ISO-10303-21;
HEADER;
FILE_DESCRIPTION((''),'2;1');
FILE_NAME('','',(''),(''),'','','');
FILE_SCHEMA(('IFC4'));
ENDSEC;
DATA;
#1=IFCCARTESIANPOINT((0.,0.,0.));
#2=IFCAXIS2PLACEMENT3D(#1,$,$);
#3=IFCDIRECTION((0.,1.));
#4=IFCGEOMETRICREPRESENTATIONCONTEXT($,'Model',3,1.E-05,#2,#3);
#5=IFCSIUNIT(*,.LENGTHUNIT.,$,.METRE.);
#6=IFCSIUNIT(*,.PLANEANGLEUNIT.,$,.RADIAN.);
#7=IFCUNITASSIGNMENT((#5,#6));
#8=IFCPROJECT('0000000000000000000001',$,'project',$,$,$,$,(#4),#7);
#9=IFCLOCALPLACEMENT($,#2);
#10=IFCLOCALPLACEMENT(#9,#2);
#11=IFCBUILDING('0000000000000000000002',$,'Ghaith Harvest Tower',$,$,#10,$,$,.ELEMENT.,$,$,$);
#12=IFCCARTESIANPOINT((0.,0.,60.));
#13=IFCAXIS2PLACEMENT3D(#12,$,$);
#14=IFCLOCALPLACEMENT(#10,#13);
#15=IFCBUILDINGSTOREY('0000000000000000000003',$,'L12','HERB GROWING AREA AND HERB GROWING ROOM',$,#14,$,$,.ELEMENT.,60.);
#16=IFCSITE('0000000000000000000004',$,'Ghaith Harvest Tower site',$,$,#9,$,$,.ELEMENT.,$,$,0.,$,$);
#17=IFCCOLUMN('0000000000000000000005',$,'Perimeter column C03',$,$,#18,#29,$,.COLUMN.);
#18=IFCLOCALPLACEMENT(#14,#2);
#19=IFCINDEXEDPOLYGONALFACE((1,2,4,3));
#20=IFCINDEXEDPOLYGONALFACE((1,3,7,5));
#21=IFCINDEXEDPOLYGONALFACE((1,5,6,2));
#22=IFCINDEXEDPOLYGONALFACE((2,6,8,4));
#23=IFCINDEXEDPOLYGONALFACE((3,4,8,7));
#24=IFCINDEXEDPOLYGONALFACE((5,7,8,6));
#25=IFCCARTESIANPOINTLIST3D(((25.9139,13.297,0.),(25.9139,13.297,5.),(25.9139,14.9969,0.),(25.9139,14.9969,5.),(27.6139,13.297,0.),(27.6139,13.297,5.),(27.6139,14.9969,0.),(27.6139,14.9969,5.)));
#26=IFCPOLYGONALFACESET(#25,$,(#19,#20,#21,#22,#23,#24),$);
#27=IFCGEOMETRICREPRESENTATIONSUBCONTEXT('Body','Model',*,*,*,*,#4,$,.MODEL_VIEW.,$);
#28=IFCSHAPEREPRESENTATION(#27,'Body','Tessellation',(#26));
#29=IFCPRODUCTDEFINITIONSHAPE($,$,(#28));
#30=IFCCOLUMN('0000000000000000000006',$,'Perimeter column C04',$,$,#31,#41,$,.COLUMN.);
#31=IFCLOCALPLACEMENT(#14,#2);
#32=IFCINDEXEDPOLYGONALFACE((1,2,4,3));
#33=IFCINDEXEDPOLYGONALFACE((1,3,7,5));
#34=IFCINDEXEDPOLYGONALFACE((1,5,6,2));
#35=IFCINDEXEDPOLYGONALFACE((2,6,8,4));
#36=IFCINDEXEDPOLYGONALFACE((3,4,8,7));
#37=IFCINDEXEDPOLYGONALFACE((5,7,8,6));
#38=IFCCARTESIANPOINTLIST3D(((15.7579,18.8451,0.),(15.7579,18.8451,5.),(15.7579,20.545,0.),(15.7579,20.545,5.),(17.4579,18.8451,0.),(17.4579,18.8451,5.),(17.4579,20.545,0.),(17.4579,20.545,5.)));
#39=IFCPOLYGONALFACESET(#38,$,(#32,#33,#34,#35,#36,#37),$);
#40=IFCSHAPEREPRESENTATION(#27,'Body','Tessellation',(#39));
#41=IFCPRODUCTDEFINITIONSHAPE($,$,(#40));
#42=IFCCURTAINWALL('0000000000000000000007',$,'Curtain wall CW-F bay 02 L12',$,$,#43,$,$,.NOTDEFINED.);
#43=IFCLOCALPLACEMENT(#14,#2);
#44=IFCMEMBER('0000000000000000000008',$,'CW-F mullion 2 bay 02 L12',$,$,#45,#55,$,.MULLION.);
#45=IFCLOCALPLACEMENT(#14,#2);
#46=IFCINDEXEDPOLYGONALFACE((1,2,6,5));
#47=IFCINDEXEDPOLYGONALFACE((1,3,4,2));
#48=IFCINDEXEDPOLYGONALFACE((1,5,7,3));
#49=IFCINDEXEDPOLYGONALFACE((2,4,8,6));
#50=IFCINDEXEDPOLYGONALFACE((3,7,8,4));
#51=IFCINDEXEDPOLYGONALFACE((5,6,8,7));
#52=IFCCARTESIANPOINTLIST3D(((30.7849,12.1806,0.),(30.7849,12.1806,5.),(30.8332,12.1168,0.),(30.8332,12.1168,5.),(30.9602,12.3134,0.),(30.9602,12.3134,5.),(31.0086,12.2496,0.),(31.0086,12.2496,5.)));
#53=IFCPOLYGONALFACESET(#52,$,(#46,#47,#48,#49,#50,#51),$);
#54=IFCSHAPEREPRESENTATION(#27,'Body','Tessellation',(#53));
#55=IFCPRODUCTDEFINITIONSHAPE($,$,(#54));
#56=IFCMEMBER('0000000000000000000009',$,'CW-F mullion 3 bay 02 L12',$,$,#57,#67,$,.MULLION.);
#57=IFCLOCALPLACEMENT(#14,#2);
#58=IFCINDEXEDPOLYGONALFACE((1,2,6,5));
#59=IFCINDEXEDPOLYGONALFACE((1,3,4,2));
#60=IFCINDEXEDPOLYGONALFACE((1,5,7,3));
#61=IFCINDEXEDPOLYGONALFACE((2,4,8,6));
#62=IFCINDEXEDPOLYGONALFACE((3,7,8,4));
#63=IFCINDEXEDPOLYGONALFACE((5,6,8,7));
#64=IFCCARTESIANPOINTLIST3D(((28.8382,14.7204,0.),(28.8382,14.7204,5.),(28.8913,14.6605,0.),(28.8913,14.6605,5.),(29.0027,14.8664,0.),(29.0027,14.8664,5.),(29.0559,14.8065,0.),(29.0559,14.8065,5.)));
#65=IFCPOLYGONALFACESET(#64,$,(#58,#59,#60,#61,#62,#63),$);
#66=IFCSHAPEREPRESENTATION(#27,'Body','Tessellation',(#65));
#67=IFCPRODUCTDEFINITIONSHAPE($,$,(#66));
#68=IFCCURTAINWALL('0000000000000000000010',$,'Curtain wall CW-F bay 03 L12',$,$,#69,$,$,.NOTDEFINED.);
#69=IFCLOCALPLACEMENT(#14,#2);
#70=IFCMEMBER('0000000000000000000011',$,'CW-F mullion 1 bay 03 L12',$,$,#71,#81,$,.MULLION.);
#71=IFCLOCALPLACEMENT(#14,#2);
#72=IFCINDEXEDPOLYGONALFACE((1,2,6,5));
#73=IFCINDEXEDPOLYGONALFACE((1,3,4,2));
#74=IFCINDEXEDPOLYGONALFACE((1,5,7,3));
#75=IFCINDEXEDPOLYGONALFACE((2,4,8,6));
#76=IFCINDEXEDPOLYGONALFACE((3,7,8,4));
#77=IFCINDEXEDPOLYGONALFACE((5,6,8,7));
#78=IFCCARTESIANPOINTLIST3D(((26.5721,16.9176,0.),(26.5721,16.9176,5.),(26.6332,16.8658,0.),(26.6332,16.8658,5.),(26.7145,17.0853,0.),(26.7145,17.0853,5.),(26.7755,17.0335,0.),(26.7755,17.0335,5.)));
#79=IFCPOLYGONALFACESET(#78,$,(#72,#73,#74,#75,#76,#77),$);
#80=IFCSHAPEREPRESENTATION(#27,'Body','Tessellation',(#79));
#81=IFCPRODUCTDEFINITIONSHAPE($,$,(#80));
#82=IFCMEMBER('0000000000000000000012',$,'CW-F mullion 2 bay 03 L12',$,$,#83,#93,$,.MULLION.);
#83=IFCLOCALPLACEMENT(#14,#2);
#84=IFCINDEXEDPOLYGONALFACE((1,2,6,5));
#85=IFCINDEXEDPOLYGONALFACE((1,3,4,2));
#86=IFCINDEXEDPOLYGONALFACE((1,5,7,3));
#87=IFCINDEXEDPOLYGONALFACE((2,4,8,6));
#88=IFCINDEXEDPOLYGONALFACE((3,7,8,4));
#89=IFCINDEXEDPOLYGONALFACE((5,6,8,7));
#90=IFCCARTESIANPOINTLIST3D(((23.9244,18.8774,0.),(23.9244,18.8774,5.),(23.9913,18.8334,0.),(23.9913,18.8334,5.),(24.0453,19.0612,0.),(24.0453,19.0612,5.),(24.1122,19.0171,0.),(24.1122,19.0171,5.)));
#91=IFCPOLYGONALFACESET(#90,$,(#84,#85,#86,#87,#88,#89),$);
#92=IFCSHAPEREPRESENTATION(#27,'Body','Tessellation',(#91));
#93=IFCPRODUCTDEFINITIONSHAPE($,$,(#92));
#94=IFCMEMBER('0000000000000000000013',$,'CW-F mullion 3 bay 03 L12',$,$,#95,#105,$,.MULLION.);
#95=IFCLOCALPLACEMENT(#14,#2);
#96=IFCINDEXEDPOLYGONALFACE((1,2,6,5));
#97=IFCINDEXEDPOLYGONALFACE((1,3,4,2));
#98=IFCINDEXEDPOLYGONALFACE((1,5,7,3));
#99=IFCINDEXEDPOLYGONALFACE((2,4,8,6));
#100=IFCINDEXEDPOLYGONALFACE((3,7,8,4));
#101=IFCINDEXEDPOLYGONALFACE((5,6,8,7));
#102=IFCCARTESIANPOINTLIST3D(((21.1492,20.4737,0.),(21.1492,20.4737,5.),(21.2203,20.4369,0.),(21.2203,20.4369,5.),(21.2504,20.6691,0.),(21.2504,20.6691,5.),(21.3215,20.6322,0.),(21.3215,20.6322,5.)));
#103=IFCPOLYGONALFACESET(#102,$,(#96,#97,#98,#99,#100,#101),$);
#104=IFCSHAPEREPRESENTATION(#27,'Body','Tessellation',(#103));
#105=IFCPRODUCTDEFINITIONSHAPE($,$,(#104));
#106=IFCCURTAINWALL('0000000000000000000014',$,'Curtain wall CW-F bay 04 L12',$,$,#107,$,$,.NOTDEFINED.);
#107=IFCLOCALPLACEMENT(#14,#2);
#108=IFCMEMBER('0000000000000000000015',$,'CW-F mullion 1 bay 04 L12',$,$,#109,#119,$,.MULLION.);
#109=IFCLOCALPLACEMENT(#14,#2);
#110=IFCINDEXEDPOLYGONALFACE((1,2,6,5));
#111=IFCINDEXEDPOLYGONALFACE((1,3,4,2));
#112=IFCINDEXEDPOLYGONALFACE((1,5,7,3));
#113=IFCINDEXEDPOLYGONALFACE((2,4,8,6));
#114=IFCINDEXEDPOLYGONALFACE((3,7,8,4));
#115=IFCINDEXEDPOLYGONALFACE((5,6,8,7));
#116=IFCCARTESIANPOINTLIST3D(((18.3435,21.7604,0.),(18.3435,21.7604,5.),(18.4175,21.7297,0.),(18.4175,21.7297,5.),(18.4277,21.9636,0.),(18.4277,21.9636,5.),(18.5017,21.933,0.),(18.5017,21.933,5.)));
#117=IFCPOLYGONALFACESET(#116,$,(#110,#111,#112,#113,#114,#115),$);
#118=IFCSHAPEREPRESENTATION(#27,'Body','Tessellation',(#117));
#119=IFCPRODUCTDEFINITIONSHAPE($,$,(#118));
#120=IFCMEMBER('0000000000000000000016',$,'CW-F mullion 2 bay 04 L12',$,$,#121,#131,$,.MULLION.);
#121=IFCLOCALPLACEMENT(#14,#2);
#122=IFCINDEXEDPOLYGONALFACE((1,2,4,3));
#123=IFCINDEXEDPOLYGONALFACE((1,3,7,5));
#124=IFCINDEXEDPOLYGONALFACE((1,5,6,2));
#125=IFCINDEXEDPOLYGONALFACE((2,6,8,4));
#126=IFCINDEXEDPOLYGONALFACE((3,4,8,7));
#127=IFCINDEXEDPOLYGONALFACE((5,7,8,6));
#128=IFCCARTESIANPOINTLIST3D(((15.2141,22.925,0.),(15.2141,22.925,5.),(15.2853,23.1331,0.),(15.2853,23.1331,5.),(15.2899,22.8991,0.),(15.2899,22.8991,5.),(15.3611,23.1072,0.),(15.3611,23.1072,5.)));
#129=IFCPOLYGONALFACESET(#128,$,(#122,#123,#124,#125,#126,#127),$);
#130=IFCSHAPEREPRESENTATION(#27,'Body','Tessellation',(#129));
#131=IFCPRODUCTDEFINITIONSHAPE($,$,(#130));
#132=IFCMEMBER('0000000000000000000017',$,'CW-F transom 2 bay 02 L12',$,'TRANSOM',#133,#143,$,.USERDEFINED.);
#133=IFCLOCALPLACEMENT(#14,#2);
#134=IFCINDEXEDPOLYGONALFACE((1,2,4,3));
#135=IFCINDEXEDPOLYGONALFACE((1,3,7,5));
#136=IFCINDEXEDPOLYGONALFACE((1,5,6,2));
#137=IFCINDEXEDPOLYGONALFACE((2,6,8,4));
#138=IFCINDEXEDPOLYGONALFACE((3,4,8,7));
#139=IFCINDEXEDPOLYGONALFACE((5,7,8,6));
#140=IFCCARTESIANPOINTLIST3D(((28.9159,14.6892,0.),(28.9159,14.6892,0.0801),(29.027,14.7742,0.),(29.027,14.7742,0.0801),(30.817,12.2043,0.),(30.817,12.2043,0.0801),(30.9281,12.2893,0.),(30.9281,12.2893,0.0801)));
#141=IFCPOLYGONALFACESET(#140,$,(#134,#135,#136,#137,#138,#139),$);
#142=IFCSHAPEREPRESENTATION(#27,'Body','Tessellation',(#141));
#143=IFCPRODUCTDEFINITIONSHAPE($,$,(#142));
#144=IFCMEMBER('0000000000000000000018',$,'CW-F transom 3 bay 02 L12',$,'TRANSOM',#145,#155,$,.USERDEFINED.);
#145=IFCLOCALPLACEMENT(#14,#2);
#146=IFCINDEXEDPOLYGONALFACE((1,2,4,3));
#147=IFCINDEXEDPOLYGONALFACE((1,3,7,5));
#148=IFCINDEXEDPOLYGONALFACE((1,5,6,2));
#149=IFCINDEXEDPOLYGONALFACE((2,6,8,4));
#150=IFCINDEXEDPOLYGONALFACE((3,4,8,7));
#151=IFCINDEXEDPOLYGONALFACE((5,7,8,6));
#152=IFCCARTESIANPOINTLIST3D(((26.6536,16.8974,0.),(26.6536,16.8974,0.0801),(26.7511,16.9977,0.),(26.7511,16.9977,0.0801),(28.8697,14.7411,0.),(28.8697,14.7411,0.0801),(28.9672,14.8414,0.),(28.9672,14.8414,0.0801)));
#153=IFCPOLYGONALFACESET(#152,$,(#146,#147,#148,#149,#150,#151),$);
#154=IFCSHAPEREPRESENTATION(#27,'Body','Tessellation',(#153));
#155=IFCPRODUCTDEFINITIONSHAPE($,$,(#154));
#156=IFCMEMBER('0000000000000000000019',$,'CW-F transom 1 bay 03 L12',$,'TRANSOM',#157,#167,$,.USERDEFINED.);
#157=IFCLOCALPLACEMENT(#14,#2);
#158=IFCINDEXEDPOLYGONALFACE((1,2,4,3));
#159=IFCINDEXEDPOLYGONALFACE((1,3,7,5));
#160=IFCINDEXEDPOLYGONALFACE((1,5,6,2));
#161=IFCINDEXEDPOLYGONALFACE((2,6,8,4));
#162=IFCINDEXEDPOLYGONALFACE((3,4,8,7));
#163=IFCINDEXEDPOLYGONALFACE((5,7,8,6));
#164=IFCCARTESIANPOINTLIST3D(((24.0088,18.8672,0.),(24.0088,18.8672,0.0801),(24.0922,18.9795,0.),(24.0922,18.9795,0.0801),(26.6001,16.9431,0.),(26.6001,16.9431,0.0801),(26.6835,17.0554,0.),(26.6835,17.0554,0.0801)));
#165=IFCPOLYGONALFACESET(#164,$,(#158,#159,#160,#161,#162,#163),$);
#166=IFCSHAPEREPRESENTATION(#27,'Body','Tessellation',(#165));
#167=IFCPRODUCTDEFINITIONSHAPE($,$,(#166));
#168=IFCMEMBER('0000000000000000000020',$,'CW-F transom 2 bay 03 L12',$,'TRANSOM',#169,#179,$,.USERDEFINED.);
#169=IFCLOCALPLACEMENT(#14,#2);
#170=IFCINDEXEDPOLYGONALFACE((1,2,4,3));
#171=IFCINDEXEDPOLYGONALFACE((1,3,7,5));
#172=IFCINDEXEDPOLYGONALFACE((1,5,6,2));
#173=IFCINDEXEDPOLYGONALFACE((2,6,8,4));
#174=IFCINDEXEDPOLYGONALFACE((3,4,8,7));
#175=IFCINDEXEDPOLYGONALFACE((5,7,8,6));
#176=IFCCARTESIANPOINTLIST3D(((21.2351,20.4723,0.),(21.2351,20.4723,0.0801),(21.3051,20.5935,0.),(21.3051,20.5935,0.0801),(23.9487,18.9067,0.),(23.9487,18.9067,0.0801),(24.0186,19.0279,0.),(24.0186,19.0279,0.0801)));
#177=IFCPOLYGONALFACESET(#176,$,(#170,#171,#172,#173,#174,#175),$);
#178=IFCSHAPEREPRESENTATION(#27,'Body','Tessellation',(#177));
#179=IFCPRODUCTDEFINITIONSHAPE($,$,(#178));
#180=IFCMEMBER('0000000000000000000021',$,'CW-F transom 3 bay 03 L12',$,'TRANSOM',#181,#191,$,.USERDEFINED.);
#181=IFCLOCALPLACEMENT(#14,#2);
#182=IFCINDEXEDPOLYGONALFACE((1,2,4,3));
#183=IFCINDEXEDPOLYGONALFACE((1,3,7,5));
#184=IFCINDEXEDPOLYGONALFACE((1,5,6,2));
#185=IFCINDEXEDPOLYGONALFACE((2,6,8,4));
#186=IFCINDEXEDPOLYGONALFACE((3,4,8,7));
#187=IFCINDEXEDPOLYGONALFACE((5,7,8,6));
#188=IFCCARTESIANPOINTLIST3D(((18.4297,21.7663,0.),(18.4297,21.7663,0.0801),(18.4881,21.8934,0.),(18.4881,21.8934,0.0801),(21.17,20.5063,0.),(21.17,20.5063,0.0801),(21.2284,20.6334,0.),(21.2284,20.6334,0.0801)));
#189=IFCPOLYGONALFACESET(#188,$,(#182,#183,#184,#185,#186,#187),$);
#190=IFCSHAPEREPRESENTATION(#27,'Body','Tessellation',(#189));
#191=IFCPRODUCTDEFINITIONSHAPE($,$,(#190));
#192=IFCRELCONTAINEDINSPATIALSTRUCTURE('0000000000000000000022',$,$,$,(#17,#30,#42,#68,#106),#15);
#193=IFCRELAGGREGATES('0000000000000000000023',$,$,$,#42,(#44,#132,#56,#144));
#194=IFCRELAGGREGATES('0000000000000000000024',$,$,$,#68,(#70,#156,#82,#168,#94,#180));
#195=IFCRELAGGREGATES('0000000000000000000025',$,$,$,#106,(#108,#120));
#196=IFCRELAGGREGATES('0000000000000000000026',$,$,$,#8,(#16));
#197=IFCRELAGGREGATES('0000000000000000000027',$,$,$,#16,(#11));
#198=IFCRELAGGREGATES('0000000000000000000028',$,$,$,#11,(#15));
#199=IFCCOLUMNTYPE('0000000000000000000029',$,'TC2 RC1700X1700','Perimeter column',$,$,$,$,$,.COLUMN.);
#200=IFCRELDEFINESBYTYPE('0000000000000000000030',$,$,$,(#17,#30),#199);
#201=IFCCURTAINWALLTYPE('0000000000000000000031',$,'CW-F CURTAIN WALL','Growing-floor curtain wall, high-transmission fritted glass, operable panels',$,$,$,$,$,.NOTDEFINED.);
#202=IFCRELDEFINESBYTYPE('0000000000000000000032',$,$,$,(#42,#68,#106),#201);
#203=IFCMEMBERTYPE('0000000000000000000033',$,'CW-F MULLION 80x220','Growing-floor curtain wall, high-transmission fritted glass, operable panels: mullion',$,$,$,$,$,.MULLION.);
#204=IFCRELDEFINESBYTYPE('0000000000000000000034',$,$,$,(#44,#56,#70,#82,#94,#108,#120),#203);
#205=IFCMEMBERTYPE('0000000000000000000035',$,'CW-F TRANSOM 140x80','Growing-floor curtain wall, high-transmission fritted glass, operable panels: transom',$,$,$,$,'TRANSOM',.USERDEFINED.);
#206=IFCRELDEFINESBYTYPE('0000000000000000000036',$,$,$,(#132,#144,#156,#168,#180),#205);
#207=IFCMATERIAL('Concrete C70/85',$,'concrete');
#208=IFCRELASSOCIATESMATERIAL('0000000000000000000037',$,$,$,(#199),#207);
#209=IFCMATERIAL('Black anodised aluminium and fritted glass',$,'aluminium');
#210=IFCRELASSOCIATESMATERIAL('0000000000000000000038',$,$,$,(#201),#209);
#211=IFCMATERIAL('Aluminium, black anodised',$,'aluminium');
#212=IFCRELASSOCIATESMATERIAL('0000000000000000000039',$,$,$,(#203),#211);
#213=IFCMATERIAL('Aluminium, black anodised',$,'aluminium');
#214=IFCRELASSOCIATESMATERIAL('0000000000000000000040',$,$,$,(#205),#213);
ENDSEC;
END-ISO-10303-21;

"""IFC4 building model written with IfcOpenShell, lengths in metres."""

from ifc_helpers import new_model, si_unit, direction, frame, origin, origin_2d, place, context, subcontext, project, spatial, rectangle, extrude, material, material_profile, profile_set, type_object, element, aggregate, save


model = new_model("IFC4")

# Units and contexts
model_context = context("Model", 3, precision=1e-05, world=origin(), true_north=direction((0.0, 1.0)))
body_context = subcontext(model_context, "Body", "Model", "MODEL_VIEW")
ifc_project = project(units=[si_unit("LENGTHUNIT", "METRE"), si_unit("PLANEANGLEUNIT", "RADIAN")], contexts=[model_context])

# Site, building, storey
site_placement = place(None, origin())
site = spatial("IfcSite", under=ifc_project, at=site_placement, Name="Ghaith Harvest Tower site", CompositionType="ELEMENT", RefElevation=0.0)
building_placement = place(site_placement, origin())
building = spatial("IfcBuilding", under=site, at=building_placement, Name="Ghaith Harvest Tower", CompositionType="ELEMENT")
storey_placement = place(building_placement, frame((0.0, 0.0, 60.0)))
storey = spatial("IfcBuildingStorey", under=building, at=storey_placement, Name="L12", Description="HERB GROWING AREA AND HERB GROWING ROOM", CompositionType="ELEMENT", Elevation=60.0)

# Columns
ifc_material_1 = material(Name="Concrete C70/85", Category="concrete")
ifc_material_profile_1 = material_profile(ifc_material_1, rectangle(XDim=1.7, YDim=1.7, at=origin_2d()), Name="RC1700X1700")
ifc_profile_set_1 = profile_set([ifc_material_profile_1], Name="Concrete C70/85")
column_type = type_object("IfcColumnType", Name="TC2 RC1700X1700", Description="Perimeter column", PredefinedType="COLUMN", material=ifc_profile_set_1)
for number, where, z_axis, x_axis, name in (
    (1, (26.7639, 14.147, 0.0), (0.0, 0.0, 1.0), (1.0, 0.0, 0.0), "Perimeter column C03"),
    (2, (16.6079, 19.6951, 0.0), (0.0, 0.0, 1.0), (1.0, 0.0, 0.0), "Perimeter column C04"),
):
    element("IfcColumn", number, at=place(storey_placement, frame(where, z_axis=z_axis, x_axis=x_axis)), inside=storey, type_object=column_type, Name=name, PredefinedType="COLUMN", context=body_context, shape_type="SweptSolid", body=[
        extrude(rectangle(XDim=1.7, YDim=1.7, at=origin_2d()), origin(), (0.0, 0.0, 1.0), 5.0),
    ])

# Curtain walls, members
ifc_material_2 = material(Name="Black anodised aluminium and fritted glass", Category="aluminium")
curtain_wall_type = type_object("IfcCurtainWallType", Name="CW-F CURTAIN WALL", Description="Growing-floor curtain wall, high-transmission fritted glass, operable panels", PredefinedType="NOTDEFINED", material=ifc_material_2)
curtain_wall_1_placement = place(storey_placement, origin())
curtain_wall_1 = element("IfcCurtainWall", 3, at=curtain_wall_1_placement, inside=storey, type_object=curtain_wall_type, Name="Curtain wall CW-F bay 02 L12", PredefinedType="NOTDEFINED")
ifc_material_3 = material(Name="Aluminium, black anodised", Category="aluminium")
ifc_material_profile_2 = material_profile(ifc_material_3, rectangle(XDim=0.0801, YDim=0.22, at=origin_2d()), Name="CW-F MULLION 80x220")
ifc_profile_set_2 = profile_set([ifc_material_profile_2], Name="Aluminium, black anodised")
member_type_1 = type_object("IfcMemberType", Name="CW-F MULLION 80x220", Description="Growing-floor curtain wall, high-transmission fritted glass, operable panels: mullion", PredefinedType="MULLION", material=ifc_profile_set_2)
member_1_placement = place(storey_placement, frame((30.8967, 12.2151, 0.0), z_axis=(0.0, 0.0, 1.0), x_axis=(-0.603948, 0.797023, 0.0)))
member_1 = element("IfcMember", 4, at=member_1_placement, type_object=member_type_1, Name="CW-F mullion 2 bay 02 L12", PredefinedType="MULLION", context=body_context, shape_type="SweptSolid", body=[
    extrude(rectangle(XDim=0.0801, YDim=0.22, at=origin_2d()), origin(), (0.0, 0.0, 1.0), 5.0),
])
member_2_placement = place(storey_placement, frame((28.947, 14.7634, 0.0), z_axis=(0.0, 0.0, 1.0), x_axis=(-0.663605, 0.748083, 0.0)))
member_2 = element("IfcMember", 5, at=member_2_placement, type_object=member_type_1, Name="CW-F mullion 3 bay 02 L12", PredefinedType="MULLION", context=body_context, shape_type="SweptSolid", body=[
    extrude(rectangle(XDim=0.0801, YDim=0.22, at=origin_2d()), origin(), (0.0, 0.0, 1.0), 5.0),
])
curtain_wall_2_placement = place(storey_placement, origin())
curtain_wall_2 = element("IfcCurtainWall", 6, at=curtain_wall_2_placement, inside=storey, type_object=curtain_wall_type, Name="Curtain wall CW-F bay 03 L12", PredefinedType="NOTDEFINED")
member_3_placement = place(storey_placement, frame((26.6738, 16.9756, 0.0), z_axis=(0.0, 0.0, 1.0), x_axis=(-0.762366, 0.647146, 0.0)))
member_3 = element("IfcMember", 7, at=member_3_placement, type_object=member_type_1, Name="CW-F mullion 1 bay 03 L12", PredefinedType="MULLION", context=body_context, shape_type="SweptSolid", body=[
    extrude(rectangle(XDim=0.0801, YDim=0.22, at=origin_2d()), origin(), (0.0, 0.0, 1.0), 5.0),
])
member_4_placement = place(storey_placement, frame((24.0183, 18.9473, 0.0), z_axis=(0.0, 0.0, 1.0), x_axis=(-0.835444, 0.549576, 0.0)))
member_4 = element("IfcMember", 8, at=member_4_placement, type_object=member_type_1, Name="CW-F mullion 2 bay 03 L12", PredefinedType="MULLION", context=body_context, shape_type="SweptSolid", body=[
    extrude(rectangle(XDim=0.0801, YDim=0.22, at=origin_2d()), origin(), (0.0, 0.0, 1.0), 5.0),
])
member_5_placement = place(storey_placement, frame((21.2354, 20.553, 0.0), z_axis=(0.0, 0.0, 1.0), x_axis=(-0.887897, 0.460043, 0.0)))
member_5 = element("IfcMember", 9, at=member_5_placement, type_object=member_type_1, Name="CW-F mullion 3 bay 03 L12", PredefinedType="MULLION", context=body_context, shape_type="SweptSolid", body=[
    extrude(rectangle(XDim=0.0801, YDim=0.22, at=origin_2d()), origin(), (0.0, 0.0, 1.0), 5.0),
])
curtain_wall_3_placement = place(storey_placement, origin())
curtain_wall_3 = element("IfcCurtainWall", 10, at=curtain_wall_3_placement, inside=storey, type_object=curtain_wall_type, Name="Curtain wall CW-F bay 04 L12", PredefinedType="NOTDEFINED")
member_6_placement = place(storey_placement, frame((18.4226, 21.8467, 0.0), z_axis=(0.0, 0.0, 1.0), x_axis=(-0.92391, 0.382609, 0.0)))
member_6 = element("IfcMember", 11, at=member_6_placement, type_object=member_type_1, Name="CW-F mullion 1 bay 04 L12", PredefinedType="MULLION", context=body_context, shape_type="SweptSolid", body=[
    extrude(rectangle(XDim=0.0801, YDim=0.22, at=origin_2d()), origin(), (0.0, 0.0, 1.0), 5.0),
])
member_7_placement = place(storey_placement, frame((15.2876, 23.0161, 0.0), z_axis=(0.0, 0.0, 1.0), x_axis=(-0.946121, 0.323813, 0.0)))
member_7 = element("IfcMember", 12, at=member_7_placement, type_object=member_type_1, Name="CW-F mullion 2 bay 04 L12", PredefinedType="MULLION", context=body_context, shape_type="SweptSolid", body=[
    extrude(rectangle(XDim=0.0801, YDim=0.22, at=origin_2d()), origin(), (0.0, 0.0, 1.0), 5.0),
])

# Members
ifc_material_4 = material(Name="Aluminium, black anodised", Category="aluminium")
ifc_material_profile_3 = material_profile(ifc_material_4, rectangle(XDim=0.1399, YDim=0.0801, at=origin_2d()), Name="CW-F TRANSOM 140x80")
ifc_profile_set_3 = profile_set([ifc_material_profile_3], Name="Aluminium, black anodised")
member_type_2 = type_object("IfcMemberType", Name="CW-F TRANSOM 140x80", Description="Growing-floor curtain wall, high-transmission fritted glass, operable panels: transom", ElementType="TRANSOM", PredefinedType="USERDEFINED", material=ifc_profile_set_3)
member_8_placement = place(storey_placement, frame((30.8726, 12.2468, 0.04), z_axis=(-0.607638, 0.794214, 0.0), x_axis=(-0.794214, -0.607638, 0.0)))
member_8 = element("IfcMember", 13, at=member_8_placement, type_object=member_type_2, Name="CW-F transom 2 bay 02 L12", ObjectType="TRANSOM", PredefinedType="USERDEFINED", context=body_context, shape_type="SweptSolid", body=[
    extrude(rectangle(XDim=0.1399, YDim=0.0801, at=origin_2d()), origin(), (0.0, 0.0, 1.0), 3.1287),
])
member_9_placement = place(storey_placement, frame((28.9185, 14.7913, 0.04), z_axis=(-0.716713, 0.697368, 0.0), x_axis=(-0.697368, -0.716713, 0.0)))
member_9 = element("IfcMember", 14, at=member_9_placement, type_object=member_type_2, Name="CW-F transom 3 bay 02 L12", ObjectType="TRANSOM", PredefinedType="USERDEFINED", context=body_context, shape_type="SweptSolid", body=[
    extrude(rectangle(XDim=0.1399, YDim=0.0801, at=origin_2d()), origin(), (0.0, 0.0, 1.0), 3.092),
])
member_10_placement = place(storey_placement, frame((26.6418, 16.9993, 0.04), z_axis=(-0.802877, 0.596144, 0.0), x_axis=(-0.596144, -0.802877, 0.0)))
member_10 = element("IfcMember", 15, at=member_10_placement, type_object=member_type_2, Name="CW-F transom 1 bay 03 L12", ObjectType="TRANSOM", PredefinedType="USERDEFINED", context=body_context, shape_type="SweptSolid", body=[
    extrude(rectangle(XDim=0.1399, YDim=0.0801, at=origin_2d()), origin(), (0.0, 0.0, 1.0), 3.2275),
])
member_11_placement = place(storey_placement, frame((23.9836, 18.9673, 0.04), z_axis=(-0.866169, 0.499752, 0.0), x_axis=(-0.499752, -0.866169, 0.0)))
member_11 = element("IfcMember", 16, at=member_11_placement, type_object=member_type_2, Name="CW-F transom 2 bay 03 L12", ObjectType="TRANSOM", PredefinedType="USERDEFINED", context=body_context, shape_type="SweptSolid", body=[
    extrude(rectangle(XDim=0.1399, YDim=0.0801, at=origin_2d()), origin(), (0.0, 0.0, 1.0), 3.1328),
])
member_12_placement = place(storey_placement, frame((21.1992, 20.5698, 0.04), z_axis=(-0.908553, 0.417769, 0.0), x_axis=(-0.417769, -0.908553, 0.0)))
member_12 = element("IfcMember", 17, at=member_12_placement, type_object=member_type_2, Name="CW-F transom 3 bay 03 L12", ObjectType="TRANSOM", PredefinedType="USERDEFINED", context=body_context, shape_type="SweptSolid", body=[
    extrude(rectangle(XDim=0.1399, YDim=0.0801, at=origin_2d()), origin(), (0.0, 0.0, 1.0), 3.0161),
])

aggregate(curtain_wall_1, [member_1, member_8, member_2, member_9])
aggregate(curtain_wall_2, [member_3, member_10, member_4, member_11, member_5, member_12])
aggregate(curtain_wall_3, [member_6, member_7])

save(model, "model.ifc")
